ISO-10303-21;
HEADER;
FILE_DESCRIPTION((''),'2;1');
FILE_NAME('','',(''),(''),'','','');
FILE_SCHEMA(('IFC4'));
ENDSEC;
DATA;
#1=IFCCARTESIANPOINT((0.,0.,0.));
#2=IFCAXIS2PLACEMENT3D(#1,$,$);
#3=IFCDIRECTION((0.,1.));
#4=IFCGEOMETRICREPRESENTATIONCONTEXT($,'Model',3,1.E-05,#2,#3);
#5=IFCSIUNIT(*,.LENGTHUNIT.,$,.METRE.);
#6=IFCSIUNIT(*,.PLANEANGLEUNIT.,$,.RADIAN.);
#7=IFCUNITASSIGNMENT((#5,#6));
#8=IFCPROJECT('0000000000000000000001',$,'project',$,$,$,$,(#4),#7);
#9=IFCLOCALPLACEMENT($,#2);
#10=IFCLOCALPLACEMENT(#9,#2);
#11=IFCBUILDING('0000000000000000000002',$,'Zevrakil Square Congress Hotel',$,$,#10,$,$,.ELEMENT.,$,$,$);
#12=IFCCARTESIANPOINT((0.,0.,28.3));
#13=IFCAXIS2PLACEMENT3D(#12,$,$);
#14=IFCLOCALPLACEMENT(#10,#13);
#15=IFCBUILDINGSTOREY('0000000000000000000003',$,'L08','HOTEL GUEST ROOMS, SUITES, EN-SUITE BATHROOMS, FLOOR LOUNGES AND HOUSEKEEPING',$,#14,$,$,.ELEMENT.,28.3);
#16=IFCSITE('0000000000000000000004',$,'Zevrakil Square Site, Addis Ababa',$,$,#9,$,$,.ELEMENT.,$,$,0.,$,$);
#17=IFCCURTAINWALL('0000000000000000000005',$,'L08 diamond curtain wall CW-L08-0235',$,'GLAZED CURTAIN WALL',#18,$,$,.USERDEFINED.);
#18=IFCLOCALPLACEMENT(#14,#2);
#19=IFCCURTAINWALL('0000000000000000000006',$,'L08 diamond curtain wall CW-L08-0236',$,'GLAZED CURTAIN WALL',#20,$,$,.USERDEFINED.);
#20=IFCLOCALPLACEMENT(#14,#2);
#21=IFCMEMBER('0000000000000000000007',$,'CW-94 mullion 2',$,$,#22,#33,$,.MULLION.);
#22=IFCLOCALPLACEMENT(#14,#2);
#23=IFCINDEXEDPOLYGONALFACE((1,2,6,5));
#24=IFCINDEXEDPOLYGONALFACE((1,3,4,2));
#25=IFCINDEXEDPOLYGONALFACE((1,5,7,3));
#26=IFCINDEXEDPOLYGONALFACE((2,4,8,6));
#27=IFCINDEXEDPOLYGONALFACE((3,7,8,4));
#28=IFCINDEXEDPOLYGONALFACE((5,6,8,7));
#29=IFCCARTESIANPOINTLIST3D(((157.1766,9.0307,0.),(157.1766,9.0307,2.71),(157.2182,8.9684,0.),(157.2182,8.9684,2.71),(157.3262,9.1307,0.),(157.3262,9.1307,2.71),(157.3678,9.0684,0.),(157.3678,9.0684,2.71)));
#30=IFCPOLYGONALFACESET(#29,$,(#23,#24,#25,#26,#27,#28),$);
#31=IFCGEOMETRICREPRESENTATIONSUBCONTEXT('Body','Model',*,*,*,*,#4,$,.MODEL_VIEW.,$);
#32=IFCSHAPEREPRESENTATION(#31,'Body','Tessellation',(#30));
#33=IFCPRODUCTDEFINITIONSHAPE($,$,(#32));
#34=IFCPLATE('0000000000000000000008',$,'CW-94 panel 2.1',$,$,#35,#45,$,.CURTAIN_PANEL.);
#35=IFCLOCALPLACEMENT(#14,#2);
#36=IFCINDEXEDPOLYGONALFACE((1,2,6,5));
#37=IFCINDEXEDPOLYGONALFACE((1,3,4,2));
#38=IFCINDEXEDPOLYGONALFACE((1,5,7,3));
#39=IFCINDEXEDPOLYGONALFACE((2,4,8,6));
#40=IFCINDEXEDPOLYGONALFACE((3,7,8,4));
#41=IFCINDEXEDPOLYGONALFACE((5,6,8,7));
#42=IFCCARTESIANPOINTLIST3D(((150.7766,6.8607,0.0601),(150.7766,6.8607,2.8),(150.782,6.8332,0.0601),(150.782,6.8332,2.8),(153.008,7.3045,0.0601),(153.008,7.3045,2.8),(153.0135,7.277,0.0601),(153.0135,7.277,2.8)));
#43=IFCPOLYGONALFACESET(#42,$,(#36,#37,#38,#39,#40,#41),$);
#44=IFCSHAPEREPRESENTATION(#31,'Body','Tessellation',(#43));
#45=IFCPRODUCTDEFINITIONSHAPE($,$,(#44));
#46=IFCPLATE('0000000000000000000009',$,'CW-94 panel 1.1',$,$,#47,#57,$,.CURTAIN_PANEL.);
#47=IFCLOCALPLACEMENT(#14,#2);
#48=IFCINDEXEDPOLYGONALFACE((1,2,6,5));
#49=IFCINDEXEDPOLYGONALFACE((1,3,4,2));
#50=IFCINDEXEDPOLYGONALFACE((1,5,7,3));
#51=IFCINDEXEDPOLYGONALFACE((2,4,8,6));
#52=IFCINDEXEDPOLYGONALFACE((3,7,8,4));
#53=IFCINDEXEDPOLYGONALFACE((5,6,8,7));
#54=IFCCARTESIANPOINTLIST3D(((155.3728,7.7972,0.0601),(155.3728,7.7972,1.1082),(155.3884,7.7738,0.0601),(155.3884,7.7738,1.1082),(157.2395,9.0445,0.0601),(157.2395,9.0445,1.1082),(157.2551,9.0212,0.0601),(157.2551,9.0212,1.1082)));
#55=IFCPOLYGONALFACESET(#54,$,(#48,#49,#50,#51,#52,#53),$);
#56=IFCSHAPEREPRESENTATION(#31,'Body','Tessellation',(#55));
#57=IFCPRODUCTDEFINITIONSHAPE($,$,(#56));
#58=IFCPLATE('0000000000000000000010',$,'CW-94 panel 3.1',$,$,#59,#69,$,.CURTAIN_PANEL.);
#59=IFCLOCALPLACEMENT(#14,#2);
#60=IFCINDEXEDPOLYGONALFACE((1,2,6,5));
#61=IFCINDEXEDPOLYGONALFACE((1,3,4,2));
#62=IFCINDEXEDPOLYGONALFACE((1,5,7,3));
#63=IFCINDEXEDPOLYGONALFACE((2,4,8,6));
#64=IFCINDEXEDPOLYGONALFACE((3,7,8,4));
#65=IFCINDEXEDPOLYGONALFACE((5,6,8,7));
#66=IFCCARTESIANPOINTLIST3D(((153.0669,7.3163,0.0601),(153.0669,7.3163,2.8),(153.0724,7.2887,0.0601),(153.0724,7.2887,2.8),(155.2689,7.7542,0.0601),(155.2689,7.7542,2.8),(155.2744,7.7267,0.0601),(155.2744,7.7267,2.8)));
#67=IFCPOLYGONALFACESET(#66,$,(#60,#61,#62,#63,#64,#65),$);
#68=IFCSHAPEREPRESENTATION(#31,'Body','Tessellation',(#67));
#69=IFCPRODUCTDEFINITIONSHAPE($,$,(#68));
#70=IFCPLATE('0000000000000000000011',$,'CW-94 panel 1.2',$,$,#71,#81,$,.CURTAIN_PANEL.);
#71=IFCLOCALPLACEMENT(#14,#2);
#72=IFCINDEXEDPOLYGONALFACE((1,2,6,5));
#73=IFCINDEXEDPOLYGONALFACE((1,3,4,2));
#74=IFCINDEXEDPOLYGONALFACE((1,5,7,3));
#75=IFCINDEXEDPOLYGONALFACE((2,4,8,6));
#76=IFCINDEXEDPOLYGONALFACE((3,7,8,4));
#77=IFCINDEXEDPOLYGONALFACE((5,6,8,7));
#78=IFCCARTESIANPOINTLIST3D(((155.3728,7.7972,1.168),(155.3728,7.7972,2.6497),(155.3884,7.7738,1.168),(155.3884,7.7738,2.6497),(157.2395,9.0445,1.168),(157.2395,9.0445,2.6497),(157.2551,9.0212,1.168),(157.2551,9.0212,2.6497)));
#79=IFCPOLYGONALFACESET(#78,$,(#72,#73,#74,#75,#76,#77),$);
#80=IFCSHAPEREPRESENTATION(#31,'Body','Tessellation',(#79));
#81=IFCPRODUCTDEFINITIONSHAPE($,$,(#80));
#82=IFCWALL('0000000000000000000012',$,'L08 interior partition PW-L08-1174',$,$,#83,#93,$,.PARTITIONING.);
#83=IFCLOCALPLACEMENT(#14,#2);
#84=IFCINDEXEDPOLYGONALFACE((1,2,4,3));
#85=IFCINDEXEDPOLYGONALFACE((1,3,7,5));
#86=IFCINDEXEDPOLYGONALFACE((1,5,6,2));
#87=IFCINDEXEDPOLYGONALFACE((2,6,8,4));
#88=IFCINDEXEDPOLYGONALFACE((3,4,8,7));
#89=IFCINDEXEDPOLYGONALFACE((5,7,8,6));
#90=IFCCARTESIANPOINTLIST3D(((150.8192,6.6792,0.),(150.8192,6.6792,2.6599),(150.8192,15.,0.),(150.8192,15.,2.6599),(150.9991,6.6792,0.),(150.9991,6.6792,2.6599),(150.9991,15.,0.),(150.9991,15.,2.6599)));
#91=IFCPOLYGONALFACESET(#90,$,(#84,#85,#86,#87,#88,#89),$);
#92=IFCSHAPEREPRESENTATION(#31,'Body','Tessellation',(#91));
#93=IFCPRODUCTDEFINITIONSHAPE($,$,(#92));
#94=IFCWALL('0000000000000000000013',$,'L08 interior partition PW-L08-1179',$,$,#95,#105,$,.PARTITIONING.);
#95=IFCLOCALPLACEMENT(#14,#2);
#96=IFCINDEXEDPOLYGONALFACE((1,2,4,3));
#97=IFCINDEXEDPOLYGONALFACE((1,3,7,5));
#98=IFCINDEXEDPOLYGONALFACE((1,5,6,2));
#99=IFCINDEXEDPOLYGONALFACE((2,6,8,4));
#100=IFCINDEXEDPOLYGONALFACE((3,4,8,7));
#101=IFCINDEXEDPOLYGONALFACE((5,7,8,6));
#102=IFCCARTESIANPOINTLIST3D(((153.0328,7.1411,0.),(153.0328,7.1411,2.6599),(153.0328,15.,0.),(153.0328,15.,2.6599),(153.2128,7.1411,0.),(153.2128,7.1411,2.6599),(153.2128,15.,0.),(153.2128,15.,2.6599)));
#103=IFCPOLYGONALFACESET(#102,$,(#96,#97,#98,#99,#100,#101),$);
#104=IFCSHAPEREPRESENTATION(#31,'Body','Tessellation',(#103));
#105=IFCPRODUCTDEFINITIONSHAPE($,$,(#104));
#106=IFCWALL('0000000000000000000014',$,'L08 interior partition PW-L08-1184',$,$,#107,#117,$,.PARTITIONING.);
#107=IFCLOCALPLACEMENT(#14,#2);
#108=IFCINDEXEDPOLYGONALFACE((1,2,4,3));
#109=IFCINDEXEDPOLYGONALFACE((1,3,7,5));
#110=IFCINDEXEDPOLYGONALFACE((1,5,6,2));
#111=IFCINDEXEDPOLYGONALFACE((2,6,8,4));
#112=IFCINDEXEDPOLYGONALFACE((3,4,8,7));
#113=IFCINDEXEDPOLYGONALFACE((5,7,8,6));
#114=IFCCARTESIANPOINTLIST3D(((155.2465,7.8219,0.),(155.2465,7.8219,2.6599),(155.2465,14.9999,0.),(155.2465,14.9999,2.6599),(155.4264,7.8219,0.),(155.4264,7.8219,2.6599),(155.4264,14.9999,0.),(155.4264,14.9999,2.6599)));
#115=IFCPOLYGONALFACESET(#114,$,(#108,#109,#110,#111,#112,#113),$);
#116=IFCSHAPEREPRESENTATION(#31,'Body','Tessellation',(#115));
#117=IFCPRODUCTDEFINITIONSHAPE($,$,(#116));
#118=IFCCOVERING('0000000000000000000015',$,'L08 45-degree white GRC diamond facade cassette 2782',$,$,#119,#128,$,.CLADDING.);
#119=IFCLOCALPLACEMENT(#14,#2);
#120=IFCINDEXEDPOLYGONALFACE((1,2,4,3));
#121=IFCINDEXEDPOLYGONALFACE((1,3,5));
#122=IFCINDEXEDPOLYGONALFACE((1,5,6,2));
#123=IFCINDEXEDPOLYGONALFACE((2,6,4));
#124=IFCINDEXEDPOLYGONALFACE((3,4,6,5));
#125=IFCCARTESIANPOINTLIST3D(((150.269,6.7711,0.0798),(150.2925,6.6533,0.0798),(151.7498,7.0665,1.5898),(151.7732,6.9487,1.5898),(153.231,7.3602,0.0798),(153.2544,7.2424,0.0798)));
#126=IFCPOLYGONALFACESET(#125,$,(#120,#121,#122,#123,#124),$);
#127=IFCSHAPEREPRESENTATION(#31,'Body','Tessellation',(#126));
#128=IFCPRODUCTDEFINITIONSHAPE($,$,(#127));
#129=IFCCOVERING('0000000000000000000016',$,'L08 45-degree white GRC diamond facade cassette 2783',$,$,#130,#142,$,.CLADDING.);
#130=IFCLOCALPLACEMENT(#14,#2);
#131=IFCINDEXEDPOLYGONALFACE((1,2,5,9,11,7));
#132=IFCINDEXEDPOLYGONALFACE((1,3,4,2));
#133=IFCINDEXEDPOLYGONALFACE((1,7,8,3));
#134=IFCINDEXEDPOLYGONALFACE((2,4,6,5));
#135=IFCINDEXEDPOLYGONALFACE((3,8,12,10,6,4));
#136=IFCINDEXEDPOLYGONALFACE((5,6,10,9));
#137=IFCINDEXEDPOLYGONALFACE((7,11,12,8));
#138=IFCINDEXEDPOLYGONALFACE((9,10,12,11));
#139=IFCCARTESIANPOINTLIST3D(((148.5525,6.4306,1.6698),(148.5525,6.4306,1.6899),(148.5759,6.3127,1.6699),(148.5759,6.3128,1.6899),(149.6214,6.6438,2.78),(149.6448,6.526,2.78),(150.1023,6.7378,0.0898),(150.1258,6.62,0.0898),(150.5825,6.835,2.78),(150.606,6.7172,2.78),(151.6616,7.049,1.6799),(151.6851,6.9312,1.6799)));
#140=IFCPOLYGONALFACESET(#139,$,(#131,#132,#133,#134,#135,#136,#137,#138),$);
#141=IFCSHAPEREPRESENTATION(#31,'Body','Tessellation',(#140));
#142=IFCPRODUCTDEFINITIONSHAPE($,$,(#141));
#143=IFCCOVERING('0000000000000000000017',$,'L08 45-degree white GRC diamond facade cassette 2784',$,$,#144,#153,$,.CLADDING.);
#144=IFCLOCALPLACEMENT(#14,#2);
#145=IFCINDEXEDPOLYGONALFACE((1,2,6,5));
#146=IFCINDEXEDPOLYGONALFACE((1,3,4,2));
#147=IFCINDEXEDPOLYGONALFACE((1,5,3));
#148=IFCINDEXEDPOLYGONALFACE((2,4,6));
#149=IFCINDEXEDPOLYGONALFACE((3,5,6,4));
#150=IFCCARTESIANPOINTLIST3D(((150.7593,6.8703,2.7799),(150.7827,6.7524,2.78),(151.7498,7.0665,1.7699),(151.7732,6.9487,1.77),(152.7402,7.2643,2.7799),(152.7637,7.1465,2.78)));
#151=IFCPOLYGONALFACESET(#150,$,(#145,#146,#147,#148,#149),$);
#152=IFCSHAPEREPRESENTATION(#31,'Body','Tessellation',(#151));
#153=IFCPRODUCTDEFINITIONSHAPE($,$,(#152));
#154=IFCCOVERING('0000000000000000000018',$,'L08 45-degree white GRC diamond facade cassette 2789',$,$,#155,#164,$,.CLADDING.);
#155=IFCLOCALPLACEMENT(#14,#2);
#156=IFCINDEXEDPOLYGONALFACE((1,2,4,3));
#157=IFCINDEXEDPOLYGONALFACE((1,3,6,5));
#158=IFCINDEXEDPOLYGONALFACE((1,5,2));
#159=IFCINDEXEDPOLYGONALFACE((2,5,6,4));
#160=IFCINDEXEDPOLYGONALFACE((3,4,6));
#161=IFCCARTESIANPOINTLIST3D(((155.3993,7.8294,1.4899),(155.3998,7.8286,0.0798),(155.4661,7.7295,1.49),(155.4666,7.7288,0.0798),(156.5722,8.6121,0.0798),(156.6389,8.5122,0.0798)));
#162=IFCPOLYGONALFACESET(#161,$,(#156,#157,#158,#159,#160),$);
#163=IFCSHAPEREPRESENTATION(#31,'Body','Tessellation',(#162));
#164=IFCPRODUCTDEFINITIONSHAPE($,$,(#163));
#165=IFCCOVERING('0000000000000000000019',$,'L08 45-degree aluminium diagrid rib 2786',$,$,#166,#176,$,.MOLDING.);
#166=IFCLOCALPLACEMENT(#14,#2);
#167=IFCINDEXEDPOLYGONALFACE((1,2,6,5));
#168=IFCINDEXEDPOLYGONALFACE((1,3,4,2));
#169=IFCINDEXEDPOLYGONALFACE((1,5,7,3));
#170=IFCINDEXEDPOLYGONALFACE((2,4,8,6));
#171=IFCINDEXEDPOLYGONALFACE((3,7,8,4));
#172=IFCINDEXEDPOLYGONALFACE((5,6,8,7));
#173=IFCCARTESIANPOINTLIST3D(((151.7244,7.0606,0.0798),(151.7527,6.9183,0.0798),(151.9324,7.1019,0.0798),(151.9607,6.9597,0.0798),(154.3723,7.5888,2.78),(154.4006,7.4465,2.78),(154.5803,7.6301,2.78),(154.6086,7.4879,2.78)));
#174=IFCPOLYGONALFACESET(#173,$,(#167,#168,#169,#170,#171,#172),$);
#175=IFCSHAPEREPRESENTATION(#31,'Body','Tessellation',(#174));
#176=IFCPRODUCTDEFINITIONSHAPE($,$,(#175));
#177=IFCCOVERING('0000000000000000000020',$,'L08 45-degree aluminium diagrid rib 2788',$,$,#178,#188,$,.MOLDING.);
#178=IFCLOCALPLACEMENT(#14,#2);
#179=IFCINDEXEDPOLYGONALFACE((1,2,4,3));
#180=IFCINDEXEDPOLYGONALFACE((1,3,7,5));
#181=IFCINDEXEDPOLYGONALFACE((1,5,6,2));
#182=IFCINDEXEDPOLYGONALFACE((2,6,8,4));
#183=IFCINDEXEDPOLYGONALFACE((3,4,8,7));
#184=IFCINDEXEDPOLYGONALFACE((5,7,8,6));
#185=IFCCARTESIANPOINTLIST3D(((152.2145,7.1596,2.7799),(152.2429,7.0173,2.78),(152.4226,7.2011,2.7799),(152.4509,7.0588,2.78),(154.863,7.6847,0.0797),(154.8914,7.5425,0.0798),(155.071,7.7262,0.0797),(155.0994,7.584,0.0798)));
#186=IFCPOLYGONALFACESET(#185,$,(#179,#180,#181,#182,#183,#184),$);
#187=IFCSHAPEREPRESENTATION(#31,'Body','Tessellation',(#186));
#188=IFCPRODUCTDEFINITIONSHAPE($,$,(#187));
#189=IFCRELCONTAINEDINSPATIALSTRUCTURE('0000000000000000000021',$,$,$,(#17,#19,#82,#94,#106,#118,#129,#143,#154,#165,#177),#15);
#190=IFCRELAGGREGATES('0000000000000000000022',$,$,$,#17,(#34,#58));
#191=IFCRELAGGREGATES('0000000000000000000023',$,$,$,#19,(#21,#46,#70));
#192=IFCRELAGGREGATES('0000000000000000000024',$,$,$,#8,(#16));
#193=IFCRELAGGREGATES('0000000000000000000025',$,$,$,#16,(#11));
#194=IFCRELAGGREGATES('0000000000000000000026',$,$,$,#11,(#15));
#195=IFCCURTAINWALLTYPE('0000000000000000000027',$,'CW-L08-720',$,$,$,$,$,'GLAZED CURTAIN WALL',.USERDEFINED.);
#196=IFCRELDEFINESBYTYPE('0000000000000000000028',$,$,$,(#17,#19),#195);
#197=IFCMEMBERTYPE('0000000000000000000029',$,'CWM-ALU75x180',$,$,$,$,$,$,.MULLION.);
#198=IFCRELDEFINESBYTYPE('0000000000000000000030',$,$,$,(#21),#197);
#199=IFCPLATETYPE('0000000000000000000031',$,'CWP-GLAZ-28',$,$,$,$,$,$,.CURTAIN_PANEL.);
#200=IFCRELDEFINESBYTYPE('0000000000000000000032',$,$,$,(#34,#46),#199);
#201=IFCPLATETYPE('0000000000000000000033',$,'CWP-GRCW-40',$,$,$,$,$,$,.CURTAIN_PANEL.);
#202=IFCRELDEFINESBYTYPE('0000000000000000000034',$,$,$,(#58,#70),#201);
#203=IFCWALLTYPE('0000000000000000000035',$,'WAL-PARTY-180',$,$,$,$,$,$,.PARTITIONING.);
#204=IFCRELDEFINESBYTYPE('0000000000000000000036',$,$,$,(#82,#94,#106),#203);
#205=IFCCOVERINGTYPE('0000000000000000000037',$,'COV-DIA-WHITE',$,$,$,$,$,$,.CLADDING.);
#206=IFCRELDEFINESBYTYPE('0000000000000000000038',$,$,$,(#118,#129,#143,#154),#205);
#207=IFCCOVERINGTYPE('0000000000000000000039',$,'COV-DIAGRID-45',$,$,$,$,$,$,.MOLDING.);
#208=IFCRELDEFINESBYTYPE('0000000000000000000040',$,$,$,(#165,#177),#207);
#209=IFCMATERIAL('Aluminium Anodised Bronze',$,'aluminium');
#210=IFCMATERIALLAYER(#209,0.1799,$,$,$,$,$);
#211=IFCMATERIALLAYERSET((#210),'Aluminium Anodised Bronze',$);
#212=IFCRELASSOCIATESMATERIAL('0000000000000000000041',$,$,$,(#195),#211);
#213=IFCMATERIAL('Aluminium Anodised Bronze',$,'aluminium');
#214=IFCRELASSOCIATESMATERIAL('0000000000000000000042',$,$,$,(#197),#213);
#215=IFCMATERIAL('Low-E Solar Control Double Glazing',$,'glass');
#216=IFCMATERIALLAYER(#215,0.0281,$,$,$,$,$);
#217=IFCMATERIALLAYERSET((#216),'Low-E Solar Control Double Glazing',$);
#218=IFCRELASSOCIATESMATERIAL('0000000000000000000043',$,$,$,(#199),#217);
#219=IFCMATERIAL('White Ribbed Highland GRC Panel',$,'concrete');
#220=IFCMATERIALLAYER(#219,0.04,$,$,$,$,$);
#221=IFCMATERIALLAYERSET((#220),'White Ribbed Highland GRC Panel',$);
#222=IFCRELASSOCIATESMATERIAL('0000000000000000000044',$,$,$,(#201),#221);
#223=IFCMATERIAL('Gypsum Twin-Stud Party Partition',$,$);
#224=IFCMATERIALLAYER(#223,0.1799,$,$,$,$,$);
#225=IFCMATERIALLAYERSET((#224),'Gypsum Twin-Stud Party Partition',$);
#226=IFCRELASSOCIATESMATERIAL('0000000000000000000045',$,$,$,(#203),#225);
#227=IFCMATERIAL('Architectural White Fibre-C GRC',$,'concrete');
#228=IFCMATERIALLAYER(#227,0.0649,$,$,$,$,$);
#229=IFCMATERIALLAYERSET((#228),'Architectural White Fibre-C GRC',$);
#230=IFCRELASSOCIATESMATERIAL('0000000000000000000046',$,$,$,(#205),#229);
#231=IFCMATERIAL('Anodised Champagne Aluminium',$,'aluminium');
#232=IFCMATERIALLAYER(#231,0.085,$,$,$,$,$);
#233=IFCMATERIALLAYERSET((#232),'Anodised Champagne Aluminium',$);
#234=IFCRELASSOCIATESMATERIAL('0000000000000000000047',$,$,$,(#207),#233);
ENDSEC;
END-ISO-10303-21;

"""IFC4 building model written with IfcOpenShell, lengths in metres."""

from ifc_helpers import new_model, si_unit, direction, frame, frame_2d, origin, origin_2d, place, context, subcontext, project, spatial, polyline, rectangle, outline, extrude, material, layer, layer_set, material_profile, profile_set, type_object, element, aggregate, save


model = new_model("IFC4")

# Units and contexts
model_context = context("Model", 3, precision=1e-05, world=origin(), true_north=direction((0.0, 1.0)))
body_context = subcontext(model_context, "Body", "Model", "MODEL_VIEW")
ifc_project = project(units=[si_unit("LENGTHUNIT", "METRE"), si_unit("PLANEANGLEUNIT", "RADIAN")], contexts=[model_context])

# Site, building, storey
site_placement = place(None, origin())
site = spatial("IfcSite", under=ifc_project, at=site_placement, Name="Zevrakil Square Site, Addis Ababa", CompositionType="ELEMENT", RefElevation=0.0)
building_placement = place(site_placement, origin())
building = spatial("IfcBuilding", under=site, at=building_placement, Name="Zevrakil Square Congress Hotel", CompositionType="ELEMENT")
storey_placement = place(building_placement, frame((0.0, 0.0, 28.3)))
storey = spatial("IfcBuildingStorey", under=building, at=storey_placement, Name="L08", Description="HOTEL GUEST ROOMS, SUITES, EN-SUITE BATHROOMS, FLOOR LOUNGES AND HOUSEKEEPING", CompositionType="ELEMENT", Elevation=28.3)

# Curtain walls
ifc_material_1 = material(Name="Aluminium Anodised Bronze", Category="aluminium")
ifc_layer_1 = layer(ifc_material_1, 0.1799)
ifc_layer_set_1 = layer_set([ifc_layer_1], Name="Aluminium Anodised Bronze")
curtain_wall_type = type_object("IfcCurtainWallType", Name="CW-L08-720", ElementType="GLAZED CURTAIN WALL", PredefinedType="USERDEFINED", material=ifc_layer_set_1)
curtain_wall_1_placement = place(storey_placement, origin())
curtain_wall_1 = element("IfcCurtainWall", 1, at=curtain_wall_1_placement, inside=storey, type_object=curtain_wall_type, Name="L08 diamond curtain wall CW-L08-0235", ObjectType="GLAZED CURTAIN WALL", PredefinedType="USERDEFINED")
curtain_wall_2_placement = place(storey_placement, origin())
curtain_wall_2 = element("IfcCurtainWall", 2, at=curtain_wall_2_placement, inside=storey, type_object=curtain_wall_type, Name="L08 diamond curtain wall CW-L08-0236", ObjectType="GLAZED CURTAIN WALL", PredefinedType="USERDEFINED")

# Member
ifc_material_2 = material(Name="Aluminium Anodised Bronze", Category="aluminium")
ifc_material_profile_1 = material_profile(ifc_material_2, rectangle(XDim=0.075, YDim=0.1799, at=origin_2d()), Name="ALU 75x180")
ifc_profile_set_1 = profile_set([ifc_material_profile_1], Name="Aluminium Anodised Bronze")
member_type_1 = type_object("IfcMemberType", Name="CWM-ALU75x180", PredefinedType="MULLION", material=ifc_profile_set_1)
member_1_placement = place(storey_placement, frame((157.2722, 9.0496, 0.0), z_axis=(0.0, 0.0, 1.0), x_axis=(-0.555576, 0.831466, 0.0)))
member_1 = element("IfcMember", 3, at=member_1_placement, type_object=member_type_1, Name="CW-94 mullion 2", PredefinedType="MULLION", context=body_context, shape_type="SweptSolid", body=[
    extrude(rectangle(XDim=0.075, YDim=0.1799, at=origin_2d()), origin(), (0.0, 0.0, 1.0), 2.71),
])

# Plates
ifc_material_3 = material(Name="Low-E Solar Control Double Glazing", Category="glass")
ifc_layer_2 = layer(ifc_material_3, 0.0281)
ifc_layer_set_2 = layer_set([ifc_layer_2], Name="Low-E Solar Control Double Glazing")
plate_type_1 = type_object("IfcPlateType", Name="CWP-GLAZ-28", PredefinedType="CURTAIN_PANEL", material=ifc_layer_set_2)
plate_1_placement = place(storey_placement, frame((151.895, 7.0688, 0.0601), z_axis=(0.0, 0.0, 1.0), x_axis=(0.980787, 0.195084, 0.0)))
plate_1 = element("IfcPlate", 4, at=plate_1_placement, type_object=plate_type_1, Name="CW-94 panel 2.1", PredefinedType="CURTAIN_PANEL", context=body_context, shape_type="SweptSolid", body=[
    extrude(rectangle(XDim=2.2751, YDim=0.0281, at=origin_2d()), origin(), (0.0, 0.0, 1.0), 2.74),
])
plate_2_placement = place(storey_placement, frame((156.314, 8.4092, 0.0601), z_axis=(0.0, 0.0, 1.0), x_axis=(0.831466, 0.555576, 0.0)))
plate_2 = element("IfcPlate", 5, at=plate_2_placement, type_object=plate_type_1, Name="CW-94 panel 1.1", PredefinedType="CURTAIN_PANEL", context=body_context, shape_type="SweptSolid", body=[
    extrude(rectangle(XDim=2.2451, YDim=0.0281, at=origin_2d()), origin(), (0.0, 0.0, 1.0), 1.0481),
])
ifc_material_4 = material(Name="White Ribbed Highland GRC Panel", Category="concrete")
ifc_layer_3 = layer(ifc_material_4, 0.04)
ifc_layer_set_3 = layer_set([ifc_layer_3], Name="White Ribbed Highland GRC Panel")
plate_type_2 = type_object("IfcPlateType", Name="CWP-GRCW-40", PredefinedType="CURTAIN_PANEL", material=ifc_layer_set_3)
plate_3_placement = place(storey_placement, frame((154.1707, 7.5215, 0.0601), z_axis=(0.0, 0.0, 1.0), x_axis=(0.980787, 0.195084, 0.0)))
plate_3 = element("IfcPlate", 6, at=plate_3_placement, type_object=plate_type_2, Name="CW-94 panel 3.1", PredefinedType="CURTAIN_PANEL", context=body_context, shape_type="SweptSolid", body=[
    extrude(rectangle(XDim=2.2451, YDim=0.0281, at=origin_2d()), origin(), (0.0, 0.0, 1.0), 2.74),
])
aggregate(curtain_wall_1, [plate_1, plate_3])
plate_4_placement = place(storey_placement, frame((156.314, 8.4092, 1.168), z_axis=(0.0, 0.0, 1.0), x_axis=(0.831466, 0.555576, 0.0)))
plate_4 = element("IfcPlate", 7, at=plate_4_placement, type_object=plate_type_2, Name="CW-94 panel 1.2", PredefinedType="CURTAIN_PANEL", context=body_context, shape_type="SweptSolid", body=[
    extrude(rectangle(XDim=2.2451, YDim=0.0281, at=origin_2d()), origin(), (0.0, 0.0, 1.0), 1.4817),
])
aggregate(curtain_wall_2, [member_1, plate_2, plate_4])

# Walls
ifc_material_5 = material(Name="Gypsum Twin-Stud Party Partition")
ifc_layer_4 = layer(ifc_material_5, 0.1799)
ifc_layer_set_4 = layer_set([ifc_layer_4], Name="Gypsum Twin-Stud Party Partition")
wall_type = type_object("IfcWallType", Name="WAL-PARTY-180", PredefinedType="PARTITIONING", material=ifc_layer_set_4)
wall_1_placement = place(storey_placement, frame((150.9092, 6.6792, 0.0), z_axis=(0.0, 0.0, 1.0), x_axis=(0.0, 1.0, 0.0)))
element("IfcWall", 8, at=wall_1_placement, inside=storey, type_object=wall_type, Name="L08 interior partition PW-L08-1174", PredefinedType="PARTITIONING", context=body_context, shape_type="SweptSolid", body=[
    extrude(rectangle(XDim=8.3208, YDim=0.1799, at=frame_2d((4.1604, 0.0))), origin(), (0.0, 0.0, 1.0), 2.6599),
])
wall_2_placement = place(storey_placement, frame((153.1228, 7.1411, 0.0), z_axis=(0.0, 0.0, 1.0), x_axis=(0.0, 1.0, 0.0)))
element("IfcWall", 9, at=wall_2_placement, inside=storey, type_object=wall_type, Name="L08 interior partition PW-L08-1179", PredefinedType="PARTITIONING", context=body_context, shape_type="SweptSolid", body=[
    extrude(rectangle(XDim=7.8589, YDim=0.1799, at=frame_2d((3.9294, 0.0))), origin(), (0.0, 0.0, 1.0), 2.6599),
])
wall_3_placement = place(storey_placement, frame((155.3364, 7.822, 0.0), z_axis=(0.0, 0.0, 1.0), x_axis=(0.0, 1.0, 0.0)))
element("IfcWall", 10, at=wall_3_placement, inside=storey, type_object=wall_type, Name="L08 interior partition PW-L08-1184", PredefinedType="PARTITIONING", context=body_context, shape_type="SweptSolid", body=[
    extrude(rectangle(XDim=7.178, YDim=0.1799, at=frame_2d((3.5889, 0.0))), origin(), (0.0, 0.0, 1.0), 2.6599),
])

# Coverings
ifc_material_6 = material(Name="Architectural White Fibre-C GRC", Category="concrete")
ifc_layer_5 = layer(ifc_material_6, 0.0649)
ifc_layer_set_5 = layer_set([ifc_layer_5], Name="Architectural White Fibre-C GRC")
covering_type_1 = type_object("IfcCoveringType", Name="COV-DIA-WHITE", PredefinedType="CLADDING", material=ifc_layer_set_5)
covering_1_placement = place(storey_placement, frame((151.7732, 6.9487, 1.5898), z_axis=(0.195074, -0.980788, 0.000587), x_axis=(0.69361, 0.137533, -0.7071)))
element("IfcCovering", 11, at=covering_1_placement, inside=storey, type_object=covering_type_1, Name="L08 45-degree white GRC diamond facade cassette 2782", PredefinedType="CLADDING", context=body_context, shape_type="SweptSolid", body=[
    extrude(outline(polyline([(0.0, 0.0), (2.1355, 0.0), (0.0001, -2.1354), (0.0, 0.0)])), origin(), (0.0, 0.0, -1.0), 0.1201),
])
covering_2_placement = place(storey_placement, frame((151.6851, 6.9312, 1.6799), z_axis=(0.195077, -0.980788, 0.000613), x_axis=(-0.693428, -0.138364, -0.707116)))
element("IfcCovering", 12, at=covering_2_placement, inside=storey, type_object=covering_type_1, Name="L08 45-degree white GRC diamond facade cassette 2783", PredefinedType="CLADDING", context=body_context, shape_type="SweptSolid", body=[
    extrude(outline(polyline([(0.0, 0.0), (2.2487, 0.0), (2.2486, -2.2345), (2.2344, -2.2487), (0.6929, -2.2487), (0.0, -1.5558), (0.0, 0.0)])), origin(), (0.0, 0.0, -1.0), 0.1201),
])
covering_3_placement = place(storey_placement, frame((151.7732, 6.9487, 1.77), z_axis=(0.195093, -0.980784, 0.000711), x_axis=(-0.693525, -0.13744, 0.707201)))
element("IfcCovering", 13, at=covering_3_placement, inside=storey, type_object=covering_type_1, Name="L08 45-degree white GRC diamond facade cassette 2784", PredefinedType="CLADDING", context=body_context, shape_type="SweptSolid", body=[
    extrude(outline(polyline([(0.0, 0.0), (1.4282, 0.0), (0.0002, -1.4284), (0.0, 0.0)])), origin(), (0.0, 0.0, -1.0), 0.1201),
])
covering_4_placement = place(storey_placement, frame((156.6389, 8.5122, 0.0798), z_axis=(0.555619, -0.831437, 0.000624), x_axis=(-0.831437, -0.555619, 0.0)))
element("IfcCovering", 14, at=covering_4_placement, inside=storey, type_object=covering_type_1, Name="L08 45-degree white GRC diamond facade cassette 2789", PredefinedType="CLADDING", context=body_context, shape_type="SweptSolid", body=[
    extrude(outline(polyline([(0.0, 0.0), (1.41, 0.0), (1.41, -1.4102), (0.0, 0.0)])), origin(), (0.0, 0.0, -1.0), 0.1201),
])
ifc_material_7 = material(Name="Anodised Champagne Aluminium", Category="aluminium")
ifc_layer_6 = layer(ifc_material_7, 0.085)
ifc_layer_set_6 = layer_set([ifc_layer_6], Name="Anodised Champagne Aluminium")
covering_type_2 = type_object("IfcCoveringType", Name="COV-DIAGRID-45", PredefinedType="MOLDING", material=ifc_layer_set_6)
covering_5_placement = place(storey_placement, frame((151.9607, 6.9597, 0.0798), z_axis=(0.19512, -0.980779, 0.000511), x_axis=(-0.980779, -0.19512, 0.0)))
element("IfcCovering", 15, at=covering_5_placement, inside=storey, type_object=covering_type_2, Name="L08 45-degree aluminium diagrid rib 2786", PredefinedType="MOLDING", context=body_context, shape_type="SweptSolid", body=[
    extrude(outline(polyline([(0.0, 0.0), (0.2121, 0.0), (-2.488, -2.7002), (-2.7001, -2.7002), (0.0, 0.0)])), origin(), (0.0, 0.0, -1.0), 0.145),
])
covering_6_placement = place(storey_placement, frame((152.2429, 7.0173, 2.78), z_axis=(0.195673, -0.980668, 0.001198), x_axis=(0.980669, 0.195673, 0.0)))
element("IfcCovering", 16, at=covering_6_placement, inside=storey, type_object=covering_type_2, Name="L08 45-degree aluminium diagrid rib 2788", PredefinedType="MOLDING", context=body_context, shape_type="SweptSolid", body=[
    extrude(outline(polyline([(0.0, 0.0), (0.2121, 0.0), (2.9121, -2.7002), (2.7, -2.7002), (0.0, 0.0)])), origin(), (0.0, 0.0, -1.0), 0.145),
])

save(model, "model.ifc")
